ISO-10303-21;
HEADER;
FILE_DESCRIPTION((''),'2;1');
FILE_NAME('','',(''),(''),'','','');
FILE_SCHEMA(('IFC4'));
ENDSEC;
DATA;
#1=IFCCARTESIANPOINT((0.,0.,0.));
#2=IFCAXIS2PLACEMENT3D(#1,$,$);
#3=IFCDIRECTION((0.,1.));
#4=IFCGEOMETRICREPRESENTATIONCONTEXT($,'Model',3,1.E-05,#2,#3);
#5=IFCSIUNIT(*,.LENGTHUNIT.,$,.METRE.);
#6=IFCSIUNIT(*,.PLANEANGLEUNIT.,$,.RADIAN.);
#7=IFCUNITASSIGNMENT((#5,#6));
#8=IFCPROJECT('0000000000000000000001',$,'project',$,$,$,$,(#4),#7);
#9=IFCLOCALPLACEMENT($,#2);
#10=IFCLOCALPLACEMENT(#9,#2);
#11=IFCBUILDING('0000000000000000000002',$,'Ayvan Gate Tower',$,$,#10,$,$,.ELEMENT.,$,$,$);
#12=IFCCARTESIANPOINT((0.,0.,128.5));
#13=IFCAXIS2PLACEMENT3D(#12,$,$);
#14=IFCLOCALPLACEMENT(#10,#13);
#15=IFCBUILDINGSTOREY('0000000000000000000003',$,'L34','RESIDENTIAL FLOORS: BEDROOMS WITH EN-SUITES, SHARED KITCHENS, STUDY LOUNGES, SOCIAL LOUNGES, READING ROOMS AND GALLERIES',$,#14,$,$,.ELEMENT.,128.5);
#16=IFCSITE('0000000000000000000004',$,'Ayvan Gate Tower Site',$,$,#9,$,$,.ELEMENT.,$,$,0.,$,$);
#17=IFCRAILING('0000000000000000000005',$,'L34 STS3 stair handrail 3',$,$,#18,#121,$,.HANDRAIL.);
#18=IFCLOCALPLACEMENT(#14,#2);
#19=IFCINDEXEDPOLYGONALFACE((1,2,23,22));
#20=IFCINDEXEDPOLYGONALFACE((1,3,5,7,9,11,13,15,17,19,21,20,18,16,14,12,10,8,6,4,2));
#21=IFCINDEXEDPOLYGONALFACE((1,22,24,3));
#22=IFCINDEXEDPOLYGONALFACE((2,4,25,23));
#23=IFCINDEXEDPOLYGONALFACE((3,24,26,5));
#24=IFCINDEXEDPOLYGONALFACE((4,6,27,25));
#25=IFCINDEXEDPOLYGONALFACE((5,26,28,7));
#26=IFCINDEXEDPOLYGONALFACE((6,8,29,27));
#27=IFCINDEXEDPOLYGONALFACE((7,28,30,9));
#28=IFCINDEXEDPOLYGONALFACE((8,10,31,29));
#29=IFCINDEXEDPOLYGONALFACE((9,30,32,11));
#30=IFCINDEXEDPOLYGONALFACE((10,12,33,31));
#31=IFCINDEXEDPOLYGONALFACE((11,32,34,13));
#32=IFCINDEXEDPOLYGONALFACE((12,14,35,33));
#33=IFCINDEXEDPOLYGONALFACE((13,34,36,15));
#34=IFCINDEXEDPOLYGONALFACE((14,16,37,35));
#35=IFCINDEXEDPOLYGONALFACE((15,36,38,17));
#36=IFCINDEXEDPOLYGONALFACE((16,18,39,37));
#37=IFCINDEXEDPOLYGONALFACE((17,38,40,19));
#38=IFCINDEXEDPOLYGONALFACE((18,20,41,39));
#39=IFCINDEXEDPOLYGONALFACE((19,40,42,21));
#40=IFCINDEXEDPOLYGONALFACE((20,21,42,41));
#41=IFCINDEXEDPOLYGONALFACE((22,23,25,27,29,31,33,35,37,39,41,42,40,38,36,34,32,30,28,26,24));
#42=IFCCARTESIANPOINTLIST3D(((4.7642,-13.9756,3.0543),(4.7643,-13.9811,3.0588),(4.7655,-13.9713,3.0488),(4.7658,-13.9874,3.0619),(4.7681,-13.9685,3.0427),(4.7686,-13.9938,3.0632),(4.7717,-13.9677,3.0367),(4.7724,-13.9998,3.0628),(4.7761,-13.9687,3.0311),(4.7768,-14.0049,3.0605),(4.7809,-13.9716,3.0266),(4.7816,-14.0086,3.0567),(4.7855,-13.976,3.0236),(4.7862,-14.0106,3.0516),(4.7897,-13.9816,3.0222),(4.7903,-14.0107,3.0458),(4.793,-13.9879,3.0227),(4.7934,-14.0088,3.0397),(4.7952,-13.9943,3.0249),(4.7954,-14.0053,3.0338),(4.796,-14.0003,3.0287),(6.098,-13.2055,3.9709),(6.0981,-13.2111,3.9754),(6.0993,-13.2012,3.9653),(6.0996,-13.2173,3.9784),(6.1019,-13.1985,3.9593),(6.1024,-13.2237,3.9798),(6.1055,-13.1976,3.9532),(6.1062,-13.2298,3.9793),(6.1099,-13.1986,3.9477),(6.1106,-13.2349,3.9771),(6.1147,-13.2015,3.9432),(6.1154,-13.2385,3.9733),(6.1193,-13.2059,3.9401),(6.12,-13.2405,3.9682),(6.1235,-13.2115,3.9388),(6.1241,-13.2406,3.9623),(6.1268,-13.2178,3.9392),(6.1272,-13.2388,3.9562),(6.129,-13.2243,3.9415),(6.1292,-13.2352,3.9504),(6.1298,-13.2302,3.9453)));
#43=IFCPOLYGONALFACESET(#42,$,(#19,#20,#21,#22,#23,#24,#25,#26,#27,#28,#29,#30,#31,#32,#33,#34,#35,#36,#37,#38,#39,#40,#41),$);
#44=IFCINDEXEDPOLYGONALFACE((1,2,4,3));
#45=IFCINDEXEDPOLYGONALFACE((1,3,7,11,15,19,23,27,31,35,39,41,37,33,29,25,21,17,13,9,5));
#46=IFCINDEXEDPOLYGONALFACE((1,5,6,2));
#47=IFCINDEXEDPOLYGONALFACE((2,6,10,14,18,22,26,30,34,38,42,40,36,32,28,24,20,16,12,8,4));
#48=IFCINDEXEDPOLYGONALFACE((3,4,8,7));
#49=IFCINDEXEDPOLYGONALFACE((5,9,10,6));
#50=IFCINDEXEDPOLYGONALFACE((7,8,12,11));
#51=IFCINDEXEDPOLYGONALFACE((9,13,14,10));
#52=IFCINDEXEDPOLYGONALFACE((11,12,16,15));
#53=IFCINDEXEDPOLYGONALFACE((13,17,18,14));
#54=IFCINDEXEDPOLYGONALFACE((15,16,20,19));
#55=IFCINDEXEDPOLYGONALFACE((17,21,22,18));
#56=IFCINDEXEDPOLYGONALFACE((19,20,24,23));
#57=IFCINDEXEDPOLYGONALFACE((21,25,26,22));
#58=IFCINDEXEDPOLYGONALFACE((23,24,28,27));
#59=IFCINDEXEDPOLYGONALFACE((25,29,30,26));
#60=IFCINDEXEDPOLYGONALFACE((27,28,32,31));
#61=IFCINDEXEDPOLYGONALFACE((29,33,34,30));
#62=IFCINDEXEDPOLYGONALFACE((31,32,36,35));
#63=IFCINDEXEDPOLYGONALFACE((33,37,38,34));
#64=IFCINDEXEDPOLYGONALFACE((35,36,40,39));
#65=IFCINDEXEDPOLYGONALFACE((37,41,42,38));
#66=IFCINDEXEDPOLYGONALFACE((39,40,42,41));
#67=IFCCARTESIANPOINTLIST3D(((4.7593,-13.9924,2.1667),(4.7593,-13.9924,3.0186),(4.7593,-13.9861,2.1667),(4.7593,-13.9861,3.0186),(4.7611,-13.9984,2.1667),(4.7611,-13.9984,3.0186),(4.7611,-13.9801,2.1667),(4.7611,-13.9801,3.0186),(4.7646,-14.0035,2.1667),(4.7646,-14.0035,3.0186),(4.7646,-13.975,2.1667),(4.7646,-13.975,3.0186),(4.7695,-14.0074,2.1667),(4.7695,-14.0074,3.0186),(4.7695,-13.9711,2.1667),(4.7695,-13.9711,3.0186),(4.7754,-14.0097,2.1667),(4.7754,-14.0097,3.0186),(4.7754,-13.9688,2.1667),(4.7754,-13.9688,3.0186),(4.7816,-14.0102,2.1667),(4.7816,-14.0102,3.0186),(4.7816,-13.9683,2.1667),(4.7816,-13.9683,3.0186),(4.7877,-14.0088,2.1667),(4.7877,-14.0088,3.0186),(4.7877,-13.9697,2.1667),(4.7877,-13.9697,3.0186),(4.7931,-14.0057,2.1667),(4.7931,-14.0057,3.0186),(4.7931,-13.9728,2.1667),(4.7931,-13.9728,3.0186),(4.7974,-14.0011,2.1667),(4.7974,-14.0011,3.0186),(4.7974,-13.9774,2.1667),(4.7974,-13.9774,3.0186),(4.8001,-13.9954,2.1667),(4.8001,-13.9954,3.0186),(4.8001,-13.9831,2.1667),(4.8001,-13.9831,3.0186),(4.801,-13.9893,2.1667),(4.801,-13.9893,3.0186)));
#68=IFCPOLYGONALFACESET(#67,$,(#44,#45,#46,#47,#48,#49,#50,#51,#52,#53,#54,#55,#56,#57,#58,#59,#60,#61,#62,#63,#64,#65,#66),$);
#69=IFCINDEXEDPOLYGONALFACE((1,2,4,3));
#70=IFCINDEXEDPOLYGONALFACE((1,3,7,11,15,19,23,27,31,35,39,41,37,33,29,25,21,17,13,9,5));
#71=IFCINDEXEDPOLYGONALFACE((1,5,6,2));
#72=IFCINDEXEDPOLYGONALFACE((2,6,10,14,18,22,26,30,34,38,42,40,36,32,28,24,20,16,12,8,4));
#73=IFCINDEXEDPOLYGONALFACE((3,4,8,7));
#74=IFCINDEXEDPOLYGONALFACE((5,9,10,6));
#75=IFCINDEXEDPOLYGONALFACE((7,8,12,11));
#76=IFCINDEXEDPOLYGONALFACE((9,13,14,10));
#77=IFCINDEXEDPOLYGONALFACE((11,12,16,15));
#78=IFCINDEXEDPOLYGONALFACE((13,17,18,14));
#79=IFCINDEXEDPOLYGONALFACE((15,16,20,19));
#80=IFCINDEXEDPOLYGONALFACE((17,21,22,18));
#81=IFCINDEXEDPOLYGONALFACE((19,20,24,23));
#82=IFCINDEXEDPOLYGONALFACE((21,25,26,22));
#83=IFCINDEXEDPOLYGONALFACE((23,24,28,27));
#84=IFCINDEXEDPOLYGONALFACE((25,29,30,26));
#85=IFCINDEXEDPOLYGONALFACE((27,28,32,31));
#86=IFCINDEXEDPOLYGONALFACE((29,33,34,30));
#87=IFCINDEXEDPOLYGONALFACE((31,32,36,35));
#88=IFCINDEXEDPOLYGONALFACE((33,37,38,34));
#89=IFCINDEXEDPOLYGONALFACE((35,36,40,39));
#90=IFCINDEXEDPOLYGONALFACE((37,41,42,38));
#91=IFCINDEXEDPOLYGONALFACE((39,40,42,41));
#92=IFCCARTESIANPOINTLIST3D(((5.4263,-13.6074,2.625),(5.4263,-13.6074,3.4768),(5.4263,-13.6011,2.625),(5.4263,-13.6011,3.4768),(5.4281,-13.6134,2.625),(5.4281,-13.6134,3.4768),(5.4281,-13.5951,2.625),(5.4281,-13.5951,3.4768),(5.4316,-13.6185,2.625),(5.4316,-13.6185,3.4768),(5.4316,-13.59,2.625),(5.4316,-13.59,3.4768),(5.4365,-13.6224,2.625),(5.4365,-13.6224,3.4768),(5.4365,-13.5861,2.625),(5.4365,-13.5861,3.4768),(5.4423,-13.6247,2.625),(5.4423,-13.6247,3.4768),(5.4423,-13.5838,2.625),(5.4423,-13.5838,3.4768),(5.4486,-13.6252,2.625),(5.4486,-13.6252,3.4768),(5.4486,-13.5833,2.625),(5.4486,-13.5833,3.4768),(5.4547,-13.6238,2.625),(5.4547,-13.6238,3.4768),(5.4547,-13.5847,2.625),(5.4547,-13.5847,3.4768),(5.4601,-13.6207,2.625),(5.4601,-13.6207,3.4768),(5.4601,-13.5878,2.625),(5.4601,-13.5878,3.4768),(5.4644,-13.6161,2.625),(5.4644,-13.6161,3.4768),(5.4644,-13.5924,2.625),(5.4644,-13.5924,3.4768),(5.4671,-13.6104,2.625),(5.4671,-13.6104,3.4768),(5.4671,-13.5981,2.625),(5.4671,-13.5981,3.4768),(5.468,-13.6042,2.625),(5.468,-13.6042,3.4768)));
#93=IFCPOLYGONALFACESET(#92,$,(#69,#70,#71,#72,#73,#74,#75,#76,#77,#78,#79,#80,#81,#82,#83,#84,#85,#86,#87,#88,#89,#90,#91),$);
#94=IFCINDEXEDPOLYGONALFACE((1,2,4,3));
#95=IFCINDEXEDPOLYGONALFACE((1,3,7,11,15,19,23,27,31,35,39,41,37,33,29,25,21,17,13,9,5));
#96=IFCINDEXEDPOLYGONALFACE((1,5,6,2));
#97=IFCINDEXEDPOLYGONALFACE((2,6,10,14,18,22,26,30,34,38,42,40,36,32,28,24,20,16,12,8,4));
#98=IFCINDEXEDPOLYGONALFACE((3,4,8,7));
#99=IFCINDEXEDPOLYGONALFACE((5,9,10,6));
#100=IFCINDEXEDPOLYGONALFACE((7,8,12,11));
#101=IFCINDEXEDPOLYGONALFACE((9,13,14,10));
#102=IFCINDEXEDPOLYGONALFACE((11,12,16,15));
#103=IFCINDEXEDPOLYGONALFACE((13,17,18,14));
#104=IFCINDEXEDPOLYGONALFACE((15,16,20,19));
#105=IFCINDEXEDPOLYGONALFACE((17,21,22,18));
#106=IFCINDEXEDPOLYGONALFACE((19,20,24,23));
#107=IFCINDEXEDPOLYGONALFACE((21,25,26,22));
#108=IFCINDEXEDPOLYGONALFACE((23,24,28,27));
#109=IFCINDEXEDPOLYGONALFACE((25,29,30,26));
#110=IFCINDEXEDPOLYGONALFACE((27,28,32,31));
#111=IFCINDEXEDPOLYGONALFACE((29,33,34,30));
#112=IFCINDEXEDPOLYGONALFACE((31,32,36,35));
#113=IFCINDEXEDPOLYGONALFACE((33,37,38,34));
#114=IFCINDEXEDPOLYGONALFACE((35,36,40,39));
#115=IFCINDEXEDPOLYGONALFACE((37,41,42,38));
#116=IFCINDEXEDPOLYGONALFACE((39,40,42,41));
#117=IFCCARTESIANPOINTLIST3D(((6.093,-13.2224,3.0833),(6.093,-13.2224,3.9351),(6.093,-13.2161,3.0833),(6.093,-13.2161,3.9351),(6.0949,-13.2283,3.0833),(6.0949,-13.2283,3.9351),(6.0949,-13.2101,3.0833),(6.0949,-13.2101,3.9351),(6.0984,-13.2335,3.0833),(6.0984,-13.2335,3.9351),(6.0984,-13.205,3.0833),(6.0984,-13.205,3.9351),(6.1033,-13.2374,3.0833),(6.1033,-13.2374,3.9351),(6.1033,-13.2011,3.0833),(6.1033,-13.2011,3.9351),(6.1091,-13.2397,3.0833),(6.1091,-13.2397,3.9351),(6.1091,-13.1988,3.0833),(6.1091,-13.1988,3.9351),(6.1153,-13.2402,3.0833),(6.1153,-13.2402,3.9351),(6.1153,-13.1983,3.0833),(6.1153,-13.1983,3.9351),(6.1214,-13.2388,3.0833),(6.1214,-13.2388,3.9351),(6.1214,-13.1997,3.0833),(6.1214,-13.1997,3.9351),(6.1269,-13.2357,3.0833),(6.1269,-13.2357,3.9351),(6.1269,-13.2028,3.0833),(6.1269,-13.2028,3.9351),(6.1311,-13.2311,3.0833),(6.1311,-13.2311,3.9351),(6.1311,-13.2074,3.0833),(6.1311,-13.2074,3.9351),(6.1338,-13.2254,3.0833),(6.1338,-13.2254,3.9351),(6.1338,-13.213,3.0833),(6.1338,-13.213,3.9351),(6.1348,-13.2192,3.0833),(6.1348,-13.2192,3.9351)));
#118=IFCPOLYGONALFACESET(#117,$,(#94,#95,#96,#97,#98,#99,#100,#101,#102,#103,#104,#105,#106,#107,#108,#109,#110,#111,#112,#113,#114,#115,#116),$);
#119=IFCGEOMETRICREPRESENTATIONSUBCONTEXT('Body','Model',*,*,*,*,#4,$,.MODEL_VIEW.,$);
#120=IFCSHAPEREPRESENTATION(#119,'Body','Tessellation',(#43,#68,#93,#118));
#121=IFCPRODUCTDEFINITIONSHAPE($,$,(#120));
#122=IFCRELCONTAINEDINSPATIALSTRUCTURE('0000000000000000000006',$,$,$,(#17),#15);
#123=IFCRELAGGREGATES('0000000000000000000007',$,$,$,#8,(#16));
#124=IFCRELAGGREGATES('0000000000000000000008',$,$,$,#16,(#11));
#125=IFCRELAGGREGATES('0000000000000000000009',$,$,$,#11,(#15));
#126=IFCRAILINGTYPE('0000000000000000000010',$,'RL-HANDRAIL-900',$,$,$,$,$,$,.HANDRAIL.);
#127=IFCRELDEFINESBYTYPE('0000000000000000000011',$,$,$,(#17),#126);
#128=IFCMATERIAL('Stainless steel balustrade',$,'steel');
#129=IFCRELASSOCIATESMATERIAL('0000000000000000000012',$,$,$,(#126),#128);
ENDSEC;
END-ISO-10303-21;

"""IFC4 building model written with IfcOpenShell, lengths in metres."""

from ifc_helpers import new_model, si_unit, direction, frame, origin, origin_2d, place, context, subcontext, project, spatial, circle, extrude, material, type_object, element, save


model = new_model("IFC4")

# Units and contexts
model_context = context("Model", 3, precision=1e-05, world=origin(), true_north=direction((0.0, 1.0)))
body_context = subcontext(model_context, "Body", "Model", "MODEL_VIEW")
ifc_project = project(units=[si_unit("LENGTHUNIT", "METRE"), si_unit("PLANEANGLEUNIT", "RADIAN")], contexts=[model_context])

# Site, building, storey
site_placement = place(None, origin())
site = spatial("IfcSite", under=ifc_project, at=site_placement, Name="Ayvan Gate Tower Site", CompositionType="ELEMENT", RefElevation=0.0)
building_placement = place(site_placement, origin())
building = spatial("IfcBuilding", under=site, at=building_placement, Name="Ayvan Gate Tower", CompositionType="ELEMENT")
storey_placement = place(building_placement, frame((0.0, 0.0, 128.5)))
storey = spatial("IfcBuildingStorey", under=building, at=storey_placement, Name="L34", Description="RESIDENTIAL FLOORS: BEDROOMS WITH EN-SUITES, SHARED KITCHENS, STUDY LOUNGES, SOCIAL LOUNGES, READING ROOMS AND GALLERIES", CompositionType="ELEMENT", Elevation=128.5)

# Railing
ifc_material_1 = material(Name="Stainless steel balustrade", Category="steel")
railing_type = type_object("IfcRailingType", Name="RL-HANDRAIL-900", PredefinedType="HANDRAIL", material=ifc_material_1)
railing_1_placement = place(storey_placement, frame((4.78, -13.9893, 2.1667)))
element("IfcRailing", 1, at=railing_1_placement, inside=storey, type_object=railing_type, Name="L34 STS3 stair handrail 3", PredefinedType="HANDRAIL", context=body_context, shape_type="SweptSolid", body=[
    extrude(circle(Radius=0.0239, at=origin_2d()), frame((0.0, 0.0, 0.876), z_axis=(0.744216, 0.429664, 0.511401), x_axis=(-0.499992, 0.86603, 0.0)), (0.0, 0.0, 1.0), 1.7922),
    extrude(circle(Radius=0.021, at=origin_2d()), origin(), (0.0, 0.0, 1.0), 0.8518),
    extrude(circle(Radius=0.021, at=origin_2d()), frame((0.667, 0.385, 0.4583)), (0.0, 0.0, 1.0), 0.8518),
    extrude(circle(Radius=0.021, at=origin_2d()), frame((1.3337, 0.77, 0.9165)), (0.0, 0.0, 1.0), 0.8518),
])

save(model, "model.ifc")
